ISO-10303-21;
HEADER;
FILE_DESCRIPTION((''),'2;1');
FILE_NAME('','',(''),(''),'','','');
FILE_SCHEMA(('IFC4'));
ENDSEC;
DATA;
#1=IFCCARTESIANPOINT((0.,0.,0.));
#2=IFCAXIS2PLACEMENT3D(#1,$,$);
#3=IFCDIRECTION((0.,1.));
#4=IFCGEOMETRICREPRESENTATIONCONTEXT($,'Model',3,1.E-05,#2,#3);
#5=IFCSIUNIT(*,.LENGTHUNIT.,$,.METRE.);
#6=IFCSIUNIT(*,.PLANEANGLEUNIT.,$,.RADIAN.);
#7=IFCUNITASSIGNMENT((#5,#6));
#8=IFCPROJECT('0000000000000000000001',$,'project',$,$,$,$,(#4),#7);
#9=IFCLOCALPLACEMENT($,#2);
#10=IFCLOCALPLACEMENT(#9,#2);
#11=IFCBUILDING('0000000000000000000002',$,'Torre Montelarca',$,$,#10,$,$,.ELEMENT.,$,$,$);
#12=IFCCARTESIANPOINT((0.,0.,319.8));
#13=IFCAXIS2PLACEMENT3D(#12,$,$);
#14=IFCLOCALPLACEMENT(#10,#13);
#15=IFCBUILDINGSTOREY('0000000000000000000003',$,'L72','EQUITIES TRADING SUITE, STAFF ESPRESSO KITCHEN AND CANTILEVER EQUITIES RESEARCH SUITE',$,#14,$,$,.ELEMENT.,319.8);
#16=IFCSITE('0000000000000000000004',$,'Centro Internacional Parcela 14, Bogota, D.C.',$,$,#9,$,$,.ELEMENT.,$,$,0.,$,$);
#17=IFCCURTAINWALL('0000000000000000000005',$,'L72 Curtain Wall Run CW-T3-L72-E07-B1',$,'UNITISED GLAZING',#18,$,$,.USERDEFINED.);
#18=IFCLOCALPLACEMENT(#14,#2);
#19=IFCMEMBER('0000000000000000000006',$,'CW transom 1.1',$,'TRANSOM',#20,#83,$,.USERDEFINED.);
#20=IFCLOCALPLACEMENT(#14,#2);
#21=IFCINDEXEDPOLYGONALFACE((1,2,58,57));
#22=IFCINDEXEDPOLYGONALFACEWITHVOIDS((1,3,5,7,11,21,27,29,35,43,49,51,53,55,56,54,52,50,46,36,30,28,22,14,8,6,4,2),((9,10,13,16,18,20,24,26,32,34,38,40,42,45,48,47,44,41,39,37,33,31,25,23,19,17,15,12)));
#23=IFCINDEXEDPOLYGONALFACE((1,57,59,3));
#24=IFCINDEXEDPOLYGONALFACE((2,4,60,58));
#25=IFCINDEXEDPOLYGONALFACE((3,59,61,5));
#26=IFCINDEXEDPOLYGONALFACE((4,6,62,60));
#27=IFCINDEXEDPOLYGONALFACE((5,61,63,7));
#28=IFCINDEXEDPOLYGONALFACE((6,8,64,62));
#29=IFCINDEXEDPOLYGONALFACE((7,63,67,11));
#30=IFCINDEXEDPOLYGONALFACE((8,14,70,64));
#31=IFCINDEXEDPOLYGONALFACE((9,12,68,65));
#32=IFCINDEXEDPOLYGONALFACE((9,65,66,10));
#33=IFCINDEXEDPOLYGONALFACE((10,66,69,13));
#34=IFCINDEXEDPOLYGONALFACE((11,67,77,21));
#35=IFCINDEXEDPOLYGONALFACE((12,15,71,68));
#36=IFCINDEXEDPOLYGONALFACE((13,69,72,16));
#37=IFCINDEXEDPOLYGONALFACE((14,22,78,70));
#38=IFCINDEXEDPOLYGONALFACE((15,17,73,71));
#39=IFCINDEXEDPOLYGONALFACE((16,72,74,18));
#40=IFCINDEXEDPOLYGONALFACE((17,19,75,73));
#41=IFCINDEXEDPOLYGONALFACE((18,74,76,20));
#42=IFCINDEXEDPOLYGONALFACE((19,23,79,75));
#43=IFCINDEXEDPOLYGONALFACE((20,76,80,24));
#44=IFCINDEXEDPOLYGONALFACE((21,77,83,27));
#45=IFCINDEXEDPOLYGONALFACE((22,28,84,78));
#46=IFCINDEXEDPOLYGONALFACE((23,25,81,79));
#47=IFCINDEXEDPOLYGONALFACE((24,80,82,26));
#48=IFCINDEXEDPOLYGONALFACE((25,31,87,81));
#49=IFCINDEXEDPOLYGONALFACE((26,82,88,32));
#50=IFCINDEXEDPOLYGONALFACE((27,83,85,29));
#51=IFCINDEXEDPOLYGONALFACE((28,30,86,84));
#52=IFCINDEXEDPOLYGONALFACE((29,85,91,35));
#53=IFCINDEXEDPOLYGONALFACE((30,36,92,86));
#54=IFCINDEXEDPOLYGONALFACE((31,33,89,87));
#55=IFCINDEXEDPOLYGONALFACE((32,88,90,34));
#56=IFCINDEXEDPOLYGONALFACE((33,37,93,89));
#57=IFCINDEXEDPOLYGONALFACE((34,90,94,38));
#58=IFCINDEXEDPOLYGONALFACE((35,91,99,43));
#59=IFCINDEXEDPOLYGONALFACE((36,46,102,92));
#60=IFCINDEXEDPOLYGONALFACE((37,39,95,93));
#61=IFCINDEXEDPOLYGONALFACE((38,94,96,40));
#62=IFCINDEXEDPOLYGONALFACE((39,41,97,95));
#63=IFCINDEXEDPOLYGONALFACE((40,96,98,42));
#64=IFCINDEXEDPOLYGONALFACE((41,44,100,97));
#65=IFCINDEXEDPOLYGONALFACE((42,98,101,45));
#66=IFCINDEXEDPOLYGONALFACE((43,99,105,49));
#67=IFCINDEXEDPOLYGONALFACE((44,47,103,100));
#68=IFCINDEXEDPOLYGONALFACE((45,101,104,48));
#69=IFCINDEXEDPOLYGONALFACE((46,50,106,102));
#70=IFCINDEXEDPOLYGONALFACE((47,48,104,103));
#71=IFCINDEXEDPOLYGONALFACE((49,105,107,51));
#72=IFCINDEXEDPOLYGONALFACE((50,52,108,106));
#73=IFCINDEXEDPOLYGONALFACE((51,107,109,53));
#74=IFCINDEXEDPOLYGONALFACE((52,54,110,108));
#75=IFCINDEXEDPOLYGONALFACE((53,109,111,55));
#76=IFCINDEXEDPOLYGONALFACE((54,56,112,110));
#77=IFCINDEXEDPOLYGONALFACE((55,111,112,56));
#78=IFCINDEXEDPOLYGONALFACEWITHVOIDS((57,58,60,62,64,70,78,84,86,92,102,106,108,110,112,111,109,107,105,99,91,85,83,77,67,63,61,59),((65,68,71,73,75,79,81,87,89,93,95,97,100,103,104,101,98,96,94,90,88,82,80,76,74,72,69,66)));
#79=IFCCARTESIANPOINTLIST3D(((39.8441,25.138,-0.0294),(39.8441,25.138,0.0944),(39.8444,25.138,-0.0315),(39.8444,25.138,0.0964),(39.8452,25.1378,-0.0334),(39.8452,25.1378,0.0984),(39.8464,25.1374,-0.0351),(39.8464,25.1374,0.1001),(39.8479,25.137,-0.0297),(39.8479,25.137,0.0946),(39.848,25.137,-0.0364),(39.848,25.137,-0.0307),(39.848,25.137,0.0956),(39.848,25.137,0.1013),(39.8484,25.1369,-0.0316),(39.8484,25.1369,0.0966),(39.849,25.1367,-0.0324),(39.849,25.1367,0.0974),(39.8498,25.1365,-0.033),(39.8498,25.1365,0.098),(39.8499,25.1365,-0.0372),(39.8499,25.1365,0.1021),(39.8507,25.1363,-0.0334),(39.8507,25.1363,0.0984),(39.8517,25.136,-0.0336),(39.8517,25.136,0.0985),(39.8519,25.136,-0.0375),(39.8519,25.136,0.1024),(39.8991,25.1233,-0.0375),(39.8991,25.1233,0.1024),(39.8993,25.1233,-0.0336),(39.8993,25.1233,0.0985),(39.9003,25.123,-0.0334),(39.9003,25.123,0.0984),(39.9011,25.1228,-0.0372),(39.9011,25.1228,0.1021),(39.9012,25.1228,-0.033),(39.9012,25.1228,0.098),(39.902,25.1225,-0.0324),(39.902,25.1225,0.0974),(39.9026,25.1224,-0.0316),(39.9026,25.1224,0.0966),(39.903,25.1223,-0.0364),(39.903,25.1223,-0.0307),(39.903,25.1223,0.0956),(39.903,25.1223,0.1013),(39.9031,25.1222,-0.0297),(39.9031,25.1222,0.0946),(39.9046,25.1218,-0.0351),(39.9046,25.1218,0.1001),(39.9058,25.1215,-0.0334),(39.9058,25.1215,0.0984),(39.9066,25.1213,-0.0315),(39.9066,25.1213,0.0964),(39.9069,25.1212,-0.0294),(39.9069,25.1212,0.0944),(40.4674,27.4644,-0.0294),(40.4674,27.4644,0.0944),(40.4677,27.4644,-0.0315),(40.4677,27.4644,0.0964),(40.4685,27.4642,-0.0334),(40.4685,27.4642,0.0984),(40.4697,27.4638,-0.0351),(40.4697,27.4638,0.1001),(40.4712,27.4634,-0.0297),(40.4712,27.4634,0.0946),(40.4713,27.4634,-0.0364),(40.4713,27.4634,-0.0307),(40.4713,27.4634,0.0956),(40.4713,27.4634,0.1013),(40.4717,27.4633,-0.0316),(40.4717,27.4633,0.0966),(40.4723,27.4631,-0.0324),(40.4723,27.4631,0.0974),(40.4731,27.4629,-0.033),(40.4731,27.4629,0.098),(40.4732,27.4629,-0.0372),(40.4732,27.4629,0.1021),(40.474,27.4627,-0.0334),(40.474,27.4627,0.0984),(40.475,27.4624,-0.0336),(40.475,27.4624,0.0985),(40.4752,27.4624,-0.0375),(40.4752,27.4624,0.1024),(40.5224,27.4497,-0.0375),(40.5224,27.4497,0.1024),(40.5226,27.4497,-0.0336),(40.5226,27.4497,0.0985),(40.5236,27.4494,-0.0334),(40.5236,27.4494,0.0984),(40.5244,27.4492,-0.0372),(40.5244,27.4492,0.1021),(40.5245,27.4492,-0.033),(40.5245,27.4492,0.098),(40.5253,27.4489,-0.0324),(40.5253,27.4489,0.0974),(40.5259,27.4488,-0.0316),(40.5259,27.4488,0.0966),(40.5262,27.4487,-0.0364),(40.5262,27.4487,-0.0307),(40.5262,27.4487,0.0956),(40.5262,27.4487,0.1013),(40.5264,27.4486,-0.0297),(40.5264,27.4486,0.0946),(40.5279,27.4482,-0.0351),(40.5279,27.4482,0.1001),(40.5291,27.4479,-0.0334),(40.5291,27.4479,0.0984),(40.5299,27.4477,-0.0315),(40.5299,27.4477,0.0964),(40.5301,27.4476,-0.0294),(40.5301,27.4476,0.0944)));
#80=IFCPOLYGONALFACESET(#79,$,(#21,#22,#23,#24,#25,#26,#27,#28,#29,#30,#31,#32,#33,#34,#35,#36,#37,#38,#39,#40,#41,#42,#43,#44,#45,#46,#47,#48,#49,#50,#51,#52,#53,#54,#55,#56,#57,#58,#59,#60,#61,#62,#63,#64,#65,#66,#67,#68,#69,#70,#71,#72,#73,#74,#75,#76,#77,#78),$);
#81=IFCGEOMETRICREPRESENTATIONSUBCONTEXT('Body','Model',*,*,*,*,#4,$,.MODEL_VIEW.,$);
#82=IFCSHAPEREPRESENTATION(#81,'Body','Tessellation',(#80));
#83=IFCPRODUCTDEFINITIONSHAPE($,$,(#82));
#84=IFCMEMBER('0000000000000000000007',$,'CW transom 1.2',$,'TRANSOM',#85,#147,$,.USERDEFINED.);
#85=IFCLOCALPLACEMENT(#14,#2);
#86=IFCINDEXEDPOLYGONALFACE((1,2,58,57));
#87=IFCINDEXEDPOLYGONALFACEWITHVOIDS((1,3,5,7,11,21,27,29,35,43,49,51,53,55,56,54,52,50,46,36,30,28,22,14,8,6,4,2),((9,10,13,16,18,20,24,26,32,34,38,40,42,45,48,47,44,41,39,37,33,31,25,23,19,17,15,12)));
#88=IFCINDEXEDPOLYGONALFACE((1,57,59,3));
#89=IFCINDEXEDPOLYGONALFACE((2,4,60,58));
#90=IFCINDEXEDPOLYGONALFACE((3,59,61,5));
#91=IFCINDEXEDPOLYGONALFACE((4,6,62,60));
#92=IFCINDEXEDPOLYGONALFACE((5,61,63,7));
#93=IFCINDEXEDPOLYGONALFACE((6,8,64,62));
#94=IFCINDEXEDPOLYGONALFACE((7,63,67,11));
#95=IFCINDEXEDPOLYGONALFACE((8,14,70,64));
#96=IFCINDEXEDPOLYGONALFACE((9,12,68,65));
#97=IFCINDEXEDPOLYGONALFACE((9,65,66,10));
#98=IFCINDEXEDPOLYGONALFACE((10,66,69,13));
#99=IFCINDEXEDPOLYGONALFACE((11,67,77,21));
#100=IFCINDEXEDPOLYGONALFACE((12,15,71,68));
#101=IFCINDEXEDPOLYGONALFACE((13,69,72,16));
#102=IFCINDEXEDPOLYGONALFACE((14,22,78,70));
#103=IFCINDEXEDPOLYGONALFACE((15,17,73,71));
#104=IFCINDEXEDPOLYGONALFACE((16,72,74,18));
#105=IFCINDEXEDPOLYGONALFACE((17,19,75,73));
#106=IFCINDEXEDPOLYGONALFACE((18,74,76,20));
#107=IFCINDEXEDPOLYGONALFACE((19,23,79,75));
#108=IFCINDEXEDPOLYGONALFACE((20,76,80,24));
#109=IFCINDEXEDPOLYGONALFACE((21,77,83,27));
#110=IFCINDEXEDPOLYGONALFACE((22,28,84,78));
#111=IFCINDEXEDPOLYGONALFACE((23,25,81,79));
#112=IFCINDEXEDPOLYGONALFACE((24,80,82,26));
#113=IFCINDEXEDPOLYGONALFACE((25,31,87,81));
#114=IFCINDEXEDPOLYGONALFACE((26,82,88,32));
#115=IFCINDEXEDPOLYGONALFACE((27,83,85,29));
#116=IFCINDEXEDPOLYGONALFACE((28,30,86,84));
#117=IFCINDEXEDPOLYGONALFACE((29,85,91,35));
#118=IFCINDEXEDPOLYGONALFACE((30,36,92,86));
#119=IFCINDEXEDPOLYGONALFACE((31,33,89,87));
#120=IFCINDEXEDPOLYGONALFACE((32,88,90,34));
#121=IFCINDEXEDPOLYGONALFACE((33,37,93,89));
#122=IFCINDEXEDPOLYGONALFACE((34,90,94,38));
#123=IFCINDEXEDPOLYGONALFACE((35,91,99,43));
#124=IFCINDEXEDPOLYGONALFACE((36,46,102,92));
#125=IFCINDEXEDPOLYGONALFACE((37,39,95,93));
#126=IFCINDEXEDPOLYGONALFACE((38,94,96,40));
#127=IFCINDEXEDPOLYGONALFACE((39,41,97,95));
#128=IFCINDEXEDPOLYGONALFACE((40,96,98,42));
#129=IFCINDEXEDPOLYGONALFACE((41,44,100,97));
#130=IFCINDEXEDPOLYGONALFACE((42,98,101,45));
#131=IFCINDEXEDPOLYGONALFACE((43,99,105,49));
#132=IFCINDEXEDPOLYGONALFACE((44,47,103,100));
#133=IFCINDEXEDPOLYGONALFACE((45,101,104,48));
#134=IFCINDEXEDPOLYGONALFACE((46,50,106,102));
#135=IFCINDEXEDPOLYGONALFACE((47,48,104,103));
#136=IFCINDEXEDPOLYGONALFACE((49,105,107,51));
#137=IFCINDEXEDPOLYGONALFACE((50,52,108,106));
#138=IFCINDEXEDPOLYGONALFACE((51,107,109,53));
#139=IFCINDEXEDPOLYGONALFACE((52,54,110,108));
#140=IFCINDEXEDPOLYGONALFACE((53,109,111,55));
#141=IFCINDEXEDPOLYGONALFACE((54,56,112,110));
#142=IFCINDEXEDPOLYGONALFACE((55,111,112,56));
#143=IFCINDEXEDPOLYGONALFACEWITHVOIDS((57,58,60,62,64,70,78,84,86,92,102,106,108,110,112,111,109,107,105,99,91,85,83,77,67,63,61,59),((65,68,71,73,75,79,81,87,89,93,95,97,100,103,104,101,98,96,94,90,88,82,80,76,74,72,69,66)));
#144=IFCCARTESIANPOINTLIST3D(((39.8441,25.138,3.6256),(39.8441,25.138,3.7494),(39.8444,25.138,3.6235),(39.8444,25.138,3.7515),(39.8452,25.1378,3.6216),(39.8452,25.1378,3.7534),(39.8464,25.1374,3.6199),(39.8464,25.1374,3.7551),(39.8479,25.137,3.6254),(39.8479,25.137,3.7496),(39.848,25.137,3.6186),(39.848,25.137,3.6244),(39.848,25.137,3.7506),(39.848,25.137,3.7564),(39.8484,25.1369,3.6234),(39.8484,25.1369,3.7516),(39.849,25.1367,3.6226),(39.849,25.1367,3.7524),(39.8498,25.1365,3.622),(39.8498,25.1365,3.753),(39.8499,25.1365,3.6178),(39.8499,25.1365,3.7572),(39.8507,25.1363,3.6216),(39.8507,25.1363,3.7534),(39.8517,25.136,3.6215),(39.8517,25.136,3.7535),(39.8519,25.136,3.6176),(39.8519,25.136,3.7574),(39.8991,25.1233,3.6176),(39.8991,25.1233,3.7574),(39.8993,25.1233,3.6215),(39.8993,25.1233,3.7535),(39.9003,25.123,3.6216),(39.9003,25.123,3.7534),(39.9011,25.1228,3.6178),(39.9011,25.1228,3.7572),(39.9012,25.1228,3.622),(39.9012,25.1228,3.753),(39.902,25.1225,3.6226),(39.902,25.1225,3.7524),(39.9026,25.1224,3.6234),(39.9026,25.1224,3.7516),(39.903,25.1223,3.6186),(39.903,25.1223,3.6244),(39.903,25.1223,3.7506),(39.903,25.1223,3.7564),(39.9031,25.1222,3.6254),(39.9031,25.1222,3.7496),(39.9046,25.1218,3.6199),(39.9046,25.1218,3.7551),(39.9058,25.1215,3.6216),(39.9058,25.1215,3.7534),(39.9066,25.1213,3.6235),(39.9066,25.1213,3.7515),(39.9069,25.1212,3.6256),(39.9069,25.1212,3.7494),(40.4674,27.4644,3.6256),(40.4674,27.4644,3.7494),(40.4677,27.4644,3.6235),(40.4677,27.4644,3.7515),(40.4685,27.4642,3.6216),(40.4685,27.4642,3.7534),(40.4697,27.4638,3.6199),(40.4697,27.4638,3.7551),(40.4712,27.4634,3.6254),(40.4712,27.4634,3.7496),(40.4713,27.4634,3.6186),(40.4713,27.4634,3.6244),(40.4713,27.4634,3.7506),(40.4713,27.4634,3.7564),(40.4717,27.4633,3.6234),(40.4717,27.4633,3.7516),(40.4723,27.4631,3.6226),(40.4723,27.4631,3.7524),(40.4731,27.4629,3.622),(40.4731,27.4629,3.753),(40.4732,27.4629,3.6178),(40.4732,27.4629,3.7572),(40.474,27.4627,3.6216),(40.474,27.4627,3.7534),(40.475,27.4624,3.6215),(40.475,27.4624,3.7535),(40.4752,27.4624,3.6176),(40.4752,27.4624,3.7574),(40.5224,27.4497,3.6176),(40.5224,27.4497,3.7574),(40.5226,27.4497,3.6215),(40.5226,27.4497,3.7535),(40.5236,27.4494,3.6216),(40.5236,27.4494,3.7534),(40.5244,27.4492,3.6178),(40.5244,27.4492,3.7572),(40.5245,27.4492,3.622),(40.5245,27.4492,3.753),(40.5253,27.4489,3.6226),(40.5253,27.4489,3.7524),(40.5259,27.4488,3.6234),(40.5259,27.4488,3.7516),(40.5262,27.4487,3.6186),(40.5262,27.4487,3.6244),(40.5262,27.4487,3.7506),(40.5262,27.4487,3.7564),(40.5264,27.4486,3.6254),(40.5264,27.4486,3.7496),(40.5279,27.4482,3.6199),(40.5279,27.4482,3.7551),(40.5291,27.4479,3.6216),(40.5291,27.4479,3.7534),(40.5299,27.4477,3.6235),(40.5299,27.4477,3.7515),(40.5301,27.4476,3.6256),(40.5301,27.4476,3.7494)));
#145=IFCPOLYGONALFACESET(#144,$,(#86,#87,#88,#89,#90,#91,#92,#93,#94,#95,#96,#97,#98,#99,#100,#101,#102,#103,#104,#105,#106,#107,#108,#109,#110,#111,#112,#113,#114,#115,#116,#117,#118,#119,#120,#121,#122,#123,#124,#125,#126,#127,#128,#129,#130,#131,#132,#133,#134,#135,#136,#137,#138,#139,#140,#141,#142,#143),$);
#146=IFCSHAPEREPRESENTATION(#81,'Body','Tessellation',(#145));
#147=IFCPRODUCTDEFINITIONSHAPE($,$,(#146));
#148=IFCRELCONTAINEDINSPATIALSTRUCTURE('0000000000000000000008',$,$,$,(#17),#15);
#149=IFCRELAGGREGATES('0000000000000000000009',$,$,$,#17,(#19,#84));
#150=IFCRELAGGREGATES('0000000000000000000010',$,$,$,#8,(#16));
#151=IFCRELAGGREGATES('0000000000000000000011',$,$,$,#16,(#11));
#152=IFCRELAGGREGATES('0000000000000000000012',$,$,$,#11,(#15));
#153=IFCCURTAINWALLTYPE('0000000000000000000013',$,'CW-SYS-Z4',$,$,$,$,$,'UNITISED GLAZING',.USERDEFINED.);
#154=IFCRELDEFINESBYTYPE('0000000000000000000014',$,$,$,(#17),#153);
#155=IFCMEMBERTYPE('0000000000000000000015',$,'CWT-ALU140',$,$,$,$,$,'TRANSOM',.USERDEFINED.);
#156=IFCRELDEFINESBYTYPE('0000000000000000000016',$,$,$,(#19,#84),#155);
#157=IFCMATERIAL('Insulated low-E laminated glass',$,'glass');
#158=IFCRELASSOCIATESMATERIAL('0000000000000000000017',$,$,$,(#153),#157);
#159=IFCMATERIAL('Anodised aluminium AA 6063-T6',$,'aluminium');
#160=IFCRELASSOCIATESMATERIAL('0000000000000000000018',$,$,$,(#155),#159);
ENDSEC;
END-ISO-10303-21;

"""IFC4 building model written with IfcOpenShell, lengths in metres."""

from ifc_helpers import new_model, si_unit, direction, frame, origin, origin_2d, place, context, subcontext, project, spatial, hollow_rectangle, extrude, source, transform, mapped, material, material_profile, profile_set, type_object, element, aggregate, save


model = new_model("IFC4")

# Units and contexts
model_context = context("Model", 3, precision=1e-05, world=origin(), true_north=direction((0.0, 1.0)))
body_context = subcontext(model_context, "Body", "Model", "MODEL_VIEW")
ifc_project = project(units=[si_unit("LENGTHUNIT", "METRE"), si_unit("PLANEANGLEUNIT", "RADIAN")], contexts=[model_context])

# Site, building, storey
site_placement = place(None, origin())
site = spatial("IfcSite", under=ifc_project, at=site_placement, Name="Centro Internacional Parcela 14, Bogota, D.C.", CompositionType="ELEMENT", RefElevation=0.0)
building_placement = place(site_placement, origin())
building = spatial("IfcBuilding", under=site, at=building_placement, Name="Torre Montelarca", CompositionType="ELEMENT")
storey_placement = place(building_placement, frame((0.0, 0.0, 319.8)))
storey = spatial("IfcBuildingStorey", under=building, at=storey_placement, Name="L72", Description="EQUITIES TRADING SUITE, STAFF ESPRESSO KITCHEN AND CANTILEVER EQUITIES RESEARCH SUITE", CompositionType="ELEMENT", Elevation=319.8)

# Curtain wall
ifc_material_1 = material(Name="Insulated low-E laminated glass", Category="glass")
curtain_wall_type = type_object("IfcCurtainWallType", Name="CW-SYS-Z4", ElementType="UNITISED GLAZING", PredefinedType="USERDEFINED", material=ifc_material_1)
ifc_material_2 = material(Name="Anodised aluminium AA 6063-T6", Category="aluminium")
curtain_wall_1_placement = place(storey_placement, origin())
curtain_wall_1 = element("IfcCurtainWall", 1, at=curtain_wall_1_placement, inside=storey, type_object=curtain_wall_type, Name="L72 Curtain Wall Run CW-T3-L72-E07-B1", ObjectType="UNITISED GLAZING", PredefinedType="USERDEFINED")

# Members
ifc_material_profile_1 = material_profile(ifc_material_2, hollow_rectangle(XDim=0.0649, YDim=0.1399, WallThickness=0.0039, InnerFilletRadius=0.0039, OuterFilletRadius=0.0081, at=origin_2d()), Name="ALU65X140X4", Category="aluminium")
ifc_profile_set_1 = profile_set([ifc_material_profile_1], Name="Anodised aluminium AA 6063-T6")
member_type_1 = type_object("IfcMemberType", Name="CWT-ALU140", ElementType="TRANSOM", PredefinedType="USERDEFINED", material=ifc_profile_set_1)
shared_shape_1 = source(origin(), body_context, "Body", "SweptSolid", [
    extrude(hollow_rectangle(XDim=0.0649, YDim=0.1399, WallThickness=0.0039, InnerFilletRadius=0.0039, OuterFilletRadius=0.0081, at=origin_2d()), origin(), (0.0, 0.0, 1.0), 2.4084),
])
member_1_placement = place(storey_placement, frame((39.8755, 25.1296, 0.0325), z_axis=(0.258792, 0.965933, 0.0), x_axis=(-0.965933, 0.258792, 0.0)))
member_1 = element("IfcMember", 2, at=member_1_placement, type_object=member_type_1, Name="CW transom 1.1", ObjectType="TRANSOM", PredefinedType="USERDEFINED", context=body_context, shape_type="MappedRepresentation", body=[
    mapped(shared_shape_1, transform((0.0, 0.0, 0.0), scale=1.0)),
])
member_2_placement = place(storey_placement, frame((39.8755, 25.1296, 3.6875), z_axis=(0.258792, 0.965933, 0.0), x_axis=(-0.965933, 0.258792, 0.0)))
member_2 = element("IfcMember", 3, at=member_2_placement, type_object=member_type_1, Name="CW transom 1.2", ObjectType="TRANSOM", PredefinedType="USERDEFINED", context=body_context, shape_type="MappedRepresentation", body=[
    mapped(shared_shape_1, transform((0.0, 0.0, 0.0), scale=1.0)),
])

aggregate(curtain_wall_1, [member_1, member_2])

save(model, "model.ifc")
